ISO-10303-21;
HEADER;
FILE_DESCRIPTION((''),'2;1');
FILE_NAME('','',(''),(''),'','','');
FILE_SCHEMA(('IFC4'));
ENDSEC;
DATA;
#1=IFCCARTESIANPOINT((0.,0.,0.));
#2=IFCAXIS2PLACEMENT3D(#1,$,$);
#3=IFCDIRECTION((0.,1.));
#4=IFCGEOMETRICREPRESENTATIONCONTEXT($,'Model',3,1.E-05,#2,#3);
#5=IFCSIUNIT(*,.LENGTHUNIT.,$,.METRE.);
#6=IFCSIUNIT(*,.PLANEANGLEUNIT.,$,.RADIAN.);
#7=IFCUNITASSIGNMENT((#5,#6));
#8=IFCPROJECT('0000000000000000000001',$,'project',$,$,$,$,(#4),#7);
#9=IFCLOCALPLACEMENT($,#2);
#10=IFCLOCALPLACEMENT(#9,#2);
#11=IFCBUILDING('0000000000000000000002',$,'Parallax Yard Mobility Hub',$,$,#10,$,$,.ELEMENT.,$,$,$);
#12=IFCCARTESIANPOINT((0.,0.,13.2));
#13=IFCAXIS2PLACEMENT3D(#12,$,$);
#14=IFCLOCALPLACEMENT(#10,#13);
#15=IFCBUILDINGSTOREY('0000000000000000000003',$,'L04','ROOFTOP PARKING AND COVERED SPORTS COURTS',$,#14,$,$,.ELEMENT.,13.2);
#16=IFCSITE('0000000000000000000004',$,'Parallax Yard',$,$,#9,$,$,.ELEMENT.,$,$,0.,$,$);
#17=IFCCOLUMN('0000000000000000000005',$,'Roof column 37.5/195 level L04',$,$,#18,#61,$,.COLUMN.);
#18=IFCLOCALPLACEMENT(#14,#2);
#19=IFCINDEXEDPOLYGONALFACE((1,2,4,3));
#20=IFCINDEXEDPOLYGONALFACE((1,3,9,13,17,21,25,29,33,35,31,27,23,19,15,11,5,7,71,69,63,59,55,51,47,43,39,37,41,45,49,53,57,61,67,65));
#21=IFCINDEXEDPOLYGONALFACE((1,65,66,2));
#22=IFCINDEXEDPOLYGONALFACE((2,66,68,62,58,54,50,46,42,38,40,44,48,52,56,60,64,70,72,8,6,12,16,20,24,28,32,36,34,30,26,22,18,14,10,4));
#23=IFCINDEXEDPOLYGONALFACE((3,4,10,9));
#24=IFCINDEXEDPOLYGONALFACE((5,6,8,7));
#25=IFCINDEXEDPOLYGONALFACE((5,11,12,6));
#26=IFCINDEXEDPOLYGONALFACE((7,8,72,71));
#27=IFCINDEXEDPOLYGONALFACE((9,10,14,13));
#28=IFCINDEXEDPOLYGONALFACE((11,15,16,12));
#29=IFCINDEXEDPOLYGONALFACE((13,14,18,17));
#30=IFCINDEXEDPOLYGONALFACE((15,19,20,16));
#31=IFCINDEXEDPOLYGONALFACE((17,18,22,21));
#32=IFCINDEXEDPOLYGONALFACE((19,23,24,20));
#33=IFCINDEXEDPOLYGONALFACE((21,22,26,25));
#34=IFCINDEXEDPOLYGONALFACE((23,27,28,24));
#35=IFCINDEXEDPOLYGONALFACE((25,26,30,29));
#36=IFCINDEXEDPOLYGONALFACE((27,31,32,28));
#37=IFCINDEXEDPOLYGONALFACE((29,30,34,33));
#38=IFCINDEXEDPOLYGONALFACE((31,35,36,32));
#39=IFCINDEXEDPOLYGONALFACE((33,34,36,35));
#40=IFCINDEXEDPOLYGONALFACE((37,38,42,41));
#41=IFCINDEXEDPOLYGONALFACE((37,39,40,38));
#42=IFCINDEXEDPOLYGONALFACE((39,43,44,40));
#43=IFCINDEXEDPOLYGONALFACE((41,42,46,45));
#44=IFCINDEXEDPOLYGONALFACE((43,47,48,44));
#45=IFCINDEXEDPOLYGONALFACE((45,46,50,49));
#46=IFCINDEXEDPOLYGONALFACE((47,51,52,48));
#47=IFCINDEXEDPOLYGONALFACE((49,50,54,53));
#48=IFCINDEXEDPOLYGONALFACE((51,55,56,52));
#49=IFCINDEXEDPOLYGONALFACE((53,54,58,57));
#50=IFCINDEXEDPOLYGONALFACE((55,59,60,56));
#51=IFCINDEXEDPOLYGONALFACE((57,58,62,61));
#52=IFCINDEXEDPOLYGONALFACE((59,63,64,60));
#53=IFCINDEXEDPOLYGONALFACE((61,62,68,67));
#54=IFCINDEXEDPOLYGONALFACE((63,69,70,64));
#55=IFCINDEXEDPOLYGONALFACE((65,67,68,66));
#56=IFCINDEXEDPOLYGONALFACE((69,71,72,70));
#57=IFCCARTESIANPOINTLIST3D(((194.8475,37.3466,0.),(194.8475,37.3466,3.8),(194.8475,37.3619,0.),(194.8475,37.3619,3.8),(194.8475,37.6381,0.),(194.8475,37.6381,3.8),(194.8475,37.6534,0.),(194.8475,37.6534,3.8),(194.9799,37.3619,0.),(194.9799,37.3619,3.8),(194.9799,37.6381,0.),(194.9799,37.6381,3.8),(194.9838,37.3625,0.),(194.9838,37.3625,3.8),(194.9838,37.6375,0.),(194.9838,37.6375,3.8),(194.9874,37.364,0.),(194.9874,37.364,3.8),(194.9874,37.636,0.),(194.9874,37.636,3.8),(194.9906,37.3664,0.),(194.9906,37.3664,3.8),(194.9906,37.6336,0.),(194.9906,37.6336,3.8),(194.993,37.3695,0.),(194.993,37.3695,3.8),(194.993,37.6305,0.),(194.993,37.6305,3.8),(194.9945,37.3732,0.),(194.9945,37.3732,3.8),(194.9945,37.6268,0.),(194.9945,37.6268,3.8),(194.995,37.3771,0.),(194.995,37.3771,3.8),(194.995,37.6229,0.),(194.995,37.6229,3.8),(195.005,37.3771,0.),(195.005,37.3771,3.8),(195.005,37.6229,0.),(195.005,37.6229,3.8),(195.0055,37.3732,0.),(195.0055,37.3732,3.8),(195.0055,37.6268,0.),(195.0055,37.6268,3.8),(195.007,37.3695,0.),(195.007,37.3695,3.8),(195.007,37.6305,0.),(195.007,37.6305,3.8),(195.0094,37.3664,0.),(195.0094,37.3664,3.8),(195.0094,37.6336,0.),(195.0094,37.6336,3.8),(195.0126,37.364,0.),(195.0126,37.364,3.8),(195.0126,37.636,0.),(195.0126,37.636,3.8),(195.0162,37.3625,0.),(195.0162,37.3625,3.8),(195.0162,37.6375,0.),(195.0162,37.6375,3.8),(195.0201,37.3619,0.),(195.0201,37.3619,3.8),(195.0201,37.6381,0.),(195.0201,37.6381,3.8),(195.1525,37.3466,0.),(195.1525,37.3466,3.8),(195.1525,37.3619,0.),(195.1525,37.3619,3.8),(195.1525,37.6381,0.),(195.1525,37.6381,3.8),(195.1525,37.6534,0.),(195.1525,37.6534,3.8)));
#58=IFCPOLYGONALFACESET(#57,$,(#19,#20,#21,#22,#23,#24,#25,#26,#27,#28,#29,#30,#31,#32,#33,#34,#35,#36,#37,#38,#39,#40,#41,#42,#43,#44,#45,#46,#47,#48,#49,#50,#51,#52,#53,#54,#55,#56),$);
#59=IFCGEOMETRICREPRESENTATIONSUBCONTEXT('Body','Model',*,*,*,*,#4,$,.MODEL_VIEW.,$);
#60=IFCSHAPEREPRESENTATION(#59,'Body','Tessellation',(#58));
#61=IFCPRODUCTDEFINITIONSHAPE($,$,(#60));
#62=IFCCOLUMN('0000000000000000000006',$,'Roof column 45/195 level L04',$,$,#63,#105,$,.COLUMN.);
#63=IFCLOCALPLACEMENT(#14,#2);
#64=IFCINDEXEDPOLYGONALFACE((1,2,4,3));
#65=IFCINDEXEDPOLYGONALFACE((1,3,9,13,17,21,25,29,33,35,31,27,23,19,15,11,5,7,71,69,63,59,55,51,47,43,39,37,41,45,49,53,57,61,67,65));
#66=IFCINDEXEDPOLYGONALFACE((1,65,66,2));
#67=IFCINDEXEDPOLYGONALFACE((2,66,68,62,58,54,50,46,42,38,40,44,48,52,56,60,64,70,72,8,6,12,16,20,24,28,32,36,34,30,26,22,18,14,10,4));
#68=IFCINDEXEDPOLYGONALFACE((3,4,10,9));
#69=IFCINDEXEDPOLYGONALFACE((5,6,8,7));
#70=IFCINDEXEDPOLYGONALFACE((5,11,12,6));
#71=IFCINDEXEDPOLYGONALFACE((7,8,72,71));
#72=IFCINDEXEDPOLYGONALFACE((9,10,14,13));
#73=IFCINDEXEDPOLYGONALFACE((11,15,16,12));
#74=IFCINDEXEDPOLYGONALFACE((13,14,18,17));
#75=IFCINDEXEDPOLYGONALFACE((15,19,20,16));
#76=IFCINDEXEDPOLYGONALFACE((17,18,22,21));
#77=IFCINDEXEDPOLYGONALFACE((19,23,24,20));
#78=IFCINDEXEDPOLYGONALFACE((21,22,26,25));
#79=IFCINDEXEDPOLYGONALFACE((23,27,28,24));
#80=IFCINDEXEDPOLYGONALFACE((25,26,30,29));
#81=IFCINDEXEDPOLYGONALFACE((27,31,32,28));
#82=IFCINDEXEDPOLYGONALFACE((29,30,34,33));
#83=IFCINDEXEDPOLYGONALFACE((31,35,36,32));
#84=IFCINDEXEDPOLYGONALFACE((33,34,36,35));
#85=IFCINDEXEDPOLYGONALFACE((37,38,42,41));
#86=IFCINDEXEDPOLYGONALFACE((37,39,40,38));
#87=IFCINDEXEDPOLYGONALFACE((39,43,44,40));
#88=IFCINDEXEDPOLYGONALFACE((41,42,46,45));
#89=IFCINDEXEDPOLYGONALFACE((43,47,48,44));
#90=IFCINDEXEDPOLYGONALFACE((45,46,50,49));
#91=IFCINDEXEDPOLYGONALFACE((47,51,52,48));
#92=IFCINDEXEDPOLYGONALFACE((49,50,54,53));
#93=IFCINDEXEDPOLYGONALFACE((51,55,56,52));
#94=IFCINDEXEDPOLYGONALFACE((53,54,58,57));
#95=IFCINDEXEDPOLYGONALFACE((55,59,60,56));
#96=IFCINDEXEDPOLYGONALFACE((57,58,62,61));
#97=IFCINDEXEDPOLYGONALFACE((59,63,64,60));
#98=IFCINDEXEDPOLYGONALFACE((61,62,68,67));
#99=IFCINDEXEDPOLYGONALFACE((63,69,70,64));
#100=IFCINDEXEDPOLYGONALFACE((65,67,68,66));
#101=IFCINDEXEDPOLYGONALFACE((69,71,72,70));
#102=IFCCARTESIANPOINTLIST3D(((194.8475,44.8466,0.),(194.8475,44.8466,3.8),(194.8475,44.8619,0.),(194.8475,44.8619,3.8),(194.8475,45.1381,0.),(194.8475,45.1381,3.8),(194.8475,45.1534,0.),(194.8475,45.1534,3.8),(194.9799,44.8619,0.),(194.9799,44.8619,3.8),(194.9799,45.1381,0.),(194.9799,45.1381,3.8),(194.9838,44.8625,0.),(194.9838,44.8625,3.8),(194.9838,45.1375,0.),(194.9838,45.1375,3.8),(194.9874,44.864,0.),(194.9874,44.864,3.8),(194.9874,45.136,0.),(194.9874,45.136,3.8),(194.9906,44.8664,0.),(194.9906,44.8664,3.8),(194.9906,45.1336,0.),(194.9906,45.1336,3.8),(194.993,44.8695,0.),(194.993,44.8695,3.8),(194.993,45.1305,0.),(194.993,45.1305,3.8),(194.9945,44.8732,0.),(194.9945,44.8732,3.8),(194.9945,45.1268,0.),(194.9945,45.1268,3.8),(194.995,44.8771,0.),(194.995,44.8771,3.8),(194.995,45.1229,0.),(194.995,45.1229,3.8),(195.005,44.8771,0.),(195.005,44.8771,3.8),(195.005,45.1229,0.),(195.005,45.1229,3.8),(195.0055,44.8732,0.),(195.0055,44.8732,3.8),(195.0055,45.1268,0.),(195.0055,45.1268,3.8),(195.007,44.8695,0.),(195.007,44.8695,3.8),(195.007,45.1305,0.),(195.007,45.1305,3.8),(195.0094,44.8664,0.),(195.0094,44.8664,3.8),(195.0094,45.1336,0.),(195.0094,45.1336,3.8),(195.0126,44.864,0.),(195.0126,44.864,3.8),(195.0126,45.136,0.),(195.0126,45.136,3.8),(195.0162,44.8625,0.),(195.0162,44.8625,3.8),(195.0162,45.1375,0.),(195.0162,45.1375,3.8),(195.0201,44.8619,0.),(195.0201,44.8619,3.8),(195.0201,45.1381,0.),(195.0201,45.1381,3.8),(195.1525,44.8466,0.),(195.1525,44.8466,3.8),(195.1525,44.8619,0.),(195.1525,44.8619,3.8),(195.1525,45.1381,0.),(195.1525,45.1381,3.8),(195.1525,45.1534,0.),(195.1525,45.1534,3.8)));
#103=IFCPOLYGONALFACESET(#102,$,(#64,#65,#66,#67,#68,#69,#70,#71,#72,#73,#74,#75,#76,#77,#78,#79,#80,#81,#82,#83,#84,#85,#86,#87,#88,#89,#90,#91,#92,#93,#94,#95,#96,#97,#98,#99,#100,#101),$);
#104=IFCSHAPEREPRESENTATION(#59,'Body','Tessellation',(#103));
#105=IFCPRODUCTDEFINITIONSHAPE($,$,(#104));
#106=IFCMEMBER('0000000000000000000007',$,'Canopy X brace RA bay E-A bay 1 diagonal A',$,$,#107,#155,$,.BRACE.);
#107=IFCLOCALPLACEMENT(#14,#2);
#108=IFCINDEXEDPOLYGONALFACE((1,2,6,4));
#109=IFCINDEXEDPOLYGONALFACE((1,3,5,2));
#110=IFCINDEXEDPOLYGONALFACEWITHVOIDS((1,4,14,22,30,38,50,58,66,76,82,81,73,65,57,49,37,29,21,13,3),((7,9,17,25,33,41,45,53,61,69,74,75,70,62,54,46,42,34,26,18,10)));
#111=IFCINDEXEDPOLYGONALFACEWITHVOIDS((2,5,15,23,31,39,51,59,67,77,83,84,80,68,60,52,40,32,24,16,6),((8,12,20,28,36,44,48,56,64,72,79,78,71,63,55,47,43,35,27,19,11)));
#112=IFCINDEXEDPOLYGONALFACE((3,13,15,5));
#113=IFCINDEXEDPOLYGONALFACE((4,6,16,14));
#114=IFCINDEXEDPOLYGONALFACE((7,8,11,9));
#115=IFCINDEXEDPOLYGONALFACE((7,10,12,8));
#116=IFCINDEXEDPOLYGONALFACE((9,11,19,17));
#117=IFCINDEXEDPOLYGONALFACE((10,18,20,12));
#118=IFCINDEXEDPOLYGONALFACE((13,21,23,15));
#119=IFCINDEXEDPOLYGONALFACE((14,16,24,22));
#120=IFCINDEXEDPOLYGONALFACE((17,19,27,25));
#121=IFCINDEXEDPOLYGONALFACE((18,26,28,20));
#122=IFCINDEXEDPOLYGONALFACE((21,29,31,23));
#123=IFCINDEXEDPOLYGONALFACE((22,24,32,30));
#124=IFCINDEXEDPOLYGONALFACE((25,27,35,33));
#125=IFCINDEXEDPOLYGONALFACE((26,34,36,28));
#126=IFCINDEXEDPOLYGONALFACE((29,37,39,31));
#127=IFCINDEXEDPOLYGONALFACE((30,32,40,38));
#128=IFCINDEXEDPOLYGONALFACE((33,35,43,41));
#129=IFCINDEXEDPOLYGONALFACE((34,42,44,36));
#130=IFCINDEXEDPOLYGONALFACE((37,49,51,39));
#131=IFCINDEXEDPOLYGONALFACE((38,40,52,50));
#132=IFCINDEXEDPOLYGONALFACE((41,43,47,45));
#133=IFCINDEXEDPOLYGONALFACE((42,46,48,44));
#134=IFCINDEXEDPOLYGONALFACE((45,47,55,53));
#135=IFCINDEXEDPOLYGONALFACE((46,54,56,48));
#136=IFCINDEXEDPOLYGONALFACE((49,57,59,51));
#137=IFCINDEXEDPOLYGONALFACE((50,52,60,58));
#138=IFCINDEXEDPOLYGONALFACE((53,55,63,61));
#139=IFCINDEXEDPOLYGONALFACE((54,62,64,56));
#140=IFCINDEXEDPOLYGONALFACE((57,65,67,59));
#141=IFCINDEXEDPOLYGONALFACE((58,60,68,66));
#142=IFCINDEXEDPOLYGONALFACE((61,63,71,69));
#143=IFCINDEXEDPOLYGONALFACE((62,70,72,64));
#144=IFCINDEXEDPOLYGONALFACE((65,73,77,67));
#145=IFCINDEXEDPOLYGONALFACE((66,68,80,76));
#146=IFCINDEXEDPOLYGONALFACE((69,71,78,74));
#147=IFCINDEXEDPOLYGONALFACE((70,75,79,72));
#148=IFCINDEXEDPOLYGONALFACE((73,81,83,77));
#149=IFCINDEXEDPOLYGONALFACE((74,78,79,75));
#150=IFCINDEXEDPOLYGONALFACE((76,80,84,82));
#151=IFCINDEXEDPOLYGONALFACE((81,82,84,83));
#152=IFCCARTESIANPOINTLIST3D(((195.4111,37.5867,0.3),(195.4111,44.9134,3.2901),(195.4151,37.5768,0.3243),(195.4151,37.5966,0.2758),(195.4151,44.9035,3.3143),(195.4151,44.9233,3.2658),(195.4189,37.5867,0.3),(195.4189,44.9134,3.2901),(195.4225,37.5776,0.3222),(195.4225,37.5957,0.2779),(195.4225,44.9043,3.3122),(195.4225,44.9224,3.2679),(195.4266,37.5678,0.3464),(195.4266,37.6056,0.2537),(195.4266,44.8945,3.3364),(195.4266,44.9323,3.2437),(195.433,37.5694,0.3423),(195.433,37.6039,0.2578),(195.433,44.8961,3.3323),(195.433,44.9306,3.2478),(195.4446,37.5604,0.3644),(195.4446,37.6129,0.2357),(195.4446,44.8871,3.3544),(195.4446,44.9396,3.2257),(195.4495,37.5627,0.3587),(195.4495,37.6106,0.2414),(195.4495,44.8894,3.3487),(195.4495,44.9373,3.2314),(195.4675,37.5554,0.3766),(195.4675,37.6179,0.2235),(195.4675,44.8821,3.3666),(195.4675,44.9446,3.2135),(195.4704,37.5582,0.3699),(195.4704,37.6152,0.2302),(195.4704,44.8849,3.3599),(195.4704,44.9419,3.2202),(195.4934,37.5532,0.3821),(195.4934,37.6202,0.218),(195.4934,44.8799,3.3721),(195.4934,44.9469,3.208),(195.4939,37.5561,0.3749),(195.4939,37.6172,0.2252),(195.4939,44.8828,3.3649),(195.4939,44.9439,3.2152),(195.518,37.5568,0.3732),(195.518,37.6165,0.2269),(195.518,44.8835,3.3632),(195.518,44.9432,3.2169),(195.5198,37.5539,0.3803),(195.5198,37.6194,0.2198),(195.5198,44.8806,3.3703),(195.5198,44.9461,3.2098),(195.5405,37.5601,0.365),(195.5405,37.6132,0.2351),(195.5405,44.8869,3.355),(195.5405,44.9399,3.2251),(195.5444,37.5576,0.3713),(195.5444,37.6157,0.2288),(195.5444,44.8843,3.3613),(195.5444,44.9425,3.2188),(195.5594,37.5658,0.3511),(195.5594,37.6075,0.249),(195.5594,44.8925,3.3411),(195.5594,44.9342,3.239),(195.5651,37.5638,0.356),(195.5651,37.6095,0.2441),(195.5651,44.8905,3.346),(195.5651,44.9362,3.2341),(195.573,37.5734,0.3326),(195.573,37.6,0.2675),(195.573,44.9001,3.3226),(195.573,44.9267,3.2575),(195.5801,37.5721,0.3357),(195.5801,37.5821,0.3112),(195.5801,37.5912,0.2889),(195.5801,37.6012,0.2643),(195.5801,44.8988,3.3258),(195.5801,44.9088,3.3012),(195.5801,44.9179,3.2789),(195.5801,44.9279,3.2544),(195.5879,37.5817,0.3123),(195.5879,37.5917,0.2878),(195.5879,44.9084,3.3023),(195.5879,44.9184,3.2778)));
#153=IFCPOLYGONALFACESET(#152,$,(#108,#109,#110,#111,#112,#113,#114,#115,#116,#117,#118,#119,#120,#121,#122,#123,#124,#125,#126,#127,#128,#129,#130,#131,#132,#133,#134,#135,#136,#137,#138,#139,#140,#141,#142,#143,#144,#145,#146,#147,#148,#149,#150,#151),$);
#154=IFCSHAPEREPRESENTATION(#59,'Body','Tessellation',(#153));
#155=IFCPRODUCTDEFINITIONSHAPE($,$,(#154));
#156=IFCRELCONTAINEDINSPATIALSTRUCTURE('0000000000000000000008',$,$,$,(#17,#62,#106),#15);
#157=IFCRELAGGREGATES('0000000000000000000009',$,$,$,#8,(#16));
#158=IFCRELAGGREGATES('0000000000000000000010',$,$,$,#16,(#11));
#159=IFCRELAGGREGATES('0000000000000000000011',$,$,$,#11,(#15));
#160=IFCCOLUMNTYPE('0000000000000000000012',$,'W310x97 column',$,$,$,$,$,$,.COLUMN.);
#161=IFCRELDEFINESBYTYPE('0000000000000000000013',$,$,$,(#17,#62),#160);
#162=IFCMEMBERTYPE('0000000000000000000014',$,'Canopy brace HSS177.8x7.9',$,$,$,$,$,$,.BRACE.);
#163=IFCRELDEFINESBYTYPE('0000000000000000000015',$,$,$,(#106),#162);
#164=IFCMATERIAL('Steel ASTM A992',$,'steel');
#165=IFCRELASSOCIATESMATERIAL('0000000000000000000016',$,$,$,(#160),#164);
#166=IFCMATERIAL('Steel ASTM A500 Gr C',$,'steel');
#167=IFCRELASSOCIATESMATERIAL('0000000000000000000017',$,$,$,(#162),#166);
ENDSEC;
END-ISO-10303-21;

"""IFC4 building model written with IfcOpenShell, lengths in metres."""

from ifc_helpers import new_model, si_unit, direction, frame, origin, origin_2d, place, context, subcontext, project, spatial, hollow_circle, i_section, extrude, material, material_profile, profile_set, type_object, element, save


model = new_model("IFC4")

# Units and contexts
model_context = context("Model", 3, precision=1e-05, world=origin(), true_north=direction((0.0, 1.0)))
body_context = subcontext(model_context, "Body", "Model", "MODEL_VIEW")
ifc_project = project(units=[si_unit("LENGTHUNIT", "METRE"), si_unit("PLANEANGLEUNIT", "RADIAN")], contexts=[model_context])

# Site, building, storey
site_placement = place(None, origin())
site = spatial("IfcSite", under=ifc_project, at=site_placement, Name="Parallax Yard", CompositionType="ELEMENT", RefElevation=0.0)
building_placement = place(site_placement, origin())
building = spatial("IfcBuilding", under=site, at=building_placement, Name="Parallax Yard Mobility Hub", CompositionType="ELEMENT")
storey_placement = place(building_placement, frame((0.0, 0.0, 13.2)))
storey = spatial("IfcBuildingStorey", under=building, at=storey_placement, Name="L04", Description="ROOFTOP PARKING AND COVERED SPORTS COURTS", CompositionType="ELEMENT", Elevation=13.2)

# Columns
ifc_material_1 = material(Name="Steel ASTM A992", Category="steel")
ifc_material_profile_1 = material_profile(ifc_material_1, i_section(OverallWidth=0.3049, OverallDepth=0.3069, WebThickness=0.01, FlangeThickness=0.0154, FilletRadius=0.0151, at=origin_2d()), Name="W310x97")
ifc_profile_set_1 = profile_set([ifc_material_profile_1], Name="Steel ASTM A992")
column_type = type_object("IfcColumnType", Name="W310x97 column", PredefinedType="COLUMN", material=ifc_profile_set_1)
for number, where, z_axis, x_axis, name in (
    (1, (195.0, 37.5, 0.0), (0.0, 0.0, 1.0), (1.0, 0.0, 0.0), "Roof column 37.5/195 level L04"),
    (2, (195.0, 45.0, 0.0), (0.0, 0.0, 1.0), (1.0, 0.0, 0.0), "Roof column 45/195 level L04"),
):
    element("IfcColumn", number, at=place(storey_placement, frame(where, z_axis=z_axis, x_axis=x_axis)), inside=storey, type_object=column_type, Name=name, PredefinedType="COLUMN", context=body_context, shape_type="SweptSolid", body=[
        extrude(i_section(OverallWidth=0.3049, OverallDepth=0.3069, WebThickness=0.01, FlangeThickness=0.0154, FilletRadius=0.0151, at=origin_2d()), origin(), (0.0, 0.0, 1.0), 3.8),
    ])

# Member
ifc_material_2 = material(Name="Steel ASTM A500 Gr C", Category="steel")
ifc_material_profile_2 = material_profile(ifc_material_2, hollow_circle(Radius=0.0889, WallThickness=0.0078, at=origin_2d()), Name="HSS177.8x7.9")
ifc_profile_set_2 = profile_set([ifc_material_profile_2], Name="Steel ASTM A500 Gr C")
member_type_1 = type_object("IfcMemberType", Name="Canopy brace HSS177.8x7.9", PredefinedType="BRACE", material=ifc_profile_set_2)
member_1_placement = place(storey_placement, frame((195.5, 37.5867, 0.3), z_axis=(0.0, 0.925869, 0.377845), x_axis=(-1.0, 0.0, 0.0)))
element("IfcMember", 3, at=member_1_placement, inside=storey, type_object=member_type_1, Name="Canopy X brace RA bay E-A bay 1 diagonal A", PredefinedType="BRACE", context=body_context, shape_type="SweptSolid", body=[
    extrude(hollow_circle(Radius=0.0889, WallThickness=0.0078, at=origin_2d()), origin(), (0.0, 0.0, 1.0), 7.9133),
])

save(model, "model.ifc")
